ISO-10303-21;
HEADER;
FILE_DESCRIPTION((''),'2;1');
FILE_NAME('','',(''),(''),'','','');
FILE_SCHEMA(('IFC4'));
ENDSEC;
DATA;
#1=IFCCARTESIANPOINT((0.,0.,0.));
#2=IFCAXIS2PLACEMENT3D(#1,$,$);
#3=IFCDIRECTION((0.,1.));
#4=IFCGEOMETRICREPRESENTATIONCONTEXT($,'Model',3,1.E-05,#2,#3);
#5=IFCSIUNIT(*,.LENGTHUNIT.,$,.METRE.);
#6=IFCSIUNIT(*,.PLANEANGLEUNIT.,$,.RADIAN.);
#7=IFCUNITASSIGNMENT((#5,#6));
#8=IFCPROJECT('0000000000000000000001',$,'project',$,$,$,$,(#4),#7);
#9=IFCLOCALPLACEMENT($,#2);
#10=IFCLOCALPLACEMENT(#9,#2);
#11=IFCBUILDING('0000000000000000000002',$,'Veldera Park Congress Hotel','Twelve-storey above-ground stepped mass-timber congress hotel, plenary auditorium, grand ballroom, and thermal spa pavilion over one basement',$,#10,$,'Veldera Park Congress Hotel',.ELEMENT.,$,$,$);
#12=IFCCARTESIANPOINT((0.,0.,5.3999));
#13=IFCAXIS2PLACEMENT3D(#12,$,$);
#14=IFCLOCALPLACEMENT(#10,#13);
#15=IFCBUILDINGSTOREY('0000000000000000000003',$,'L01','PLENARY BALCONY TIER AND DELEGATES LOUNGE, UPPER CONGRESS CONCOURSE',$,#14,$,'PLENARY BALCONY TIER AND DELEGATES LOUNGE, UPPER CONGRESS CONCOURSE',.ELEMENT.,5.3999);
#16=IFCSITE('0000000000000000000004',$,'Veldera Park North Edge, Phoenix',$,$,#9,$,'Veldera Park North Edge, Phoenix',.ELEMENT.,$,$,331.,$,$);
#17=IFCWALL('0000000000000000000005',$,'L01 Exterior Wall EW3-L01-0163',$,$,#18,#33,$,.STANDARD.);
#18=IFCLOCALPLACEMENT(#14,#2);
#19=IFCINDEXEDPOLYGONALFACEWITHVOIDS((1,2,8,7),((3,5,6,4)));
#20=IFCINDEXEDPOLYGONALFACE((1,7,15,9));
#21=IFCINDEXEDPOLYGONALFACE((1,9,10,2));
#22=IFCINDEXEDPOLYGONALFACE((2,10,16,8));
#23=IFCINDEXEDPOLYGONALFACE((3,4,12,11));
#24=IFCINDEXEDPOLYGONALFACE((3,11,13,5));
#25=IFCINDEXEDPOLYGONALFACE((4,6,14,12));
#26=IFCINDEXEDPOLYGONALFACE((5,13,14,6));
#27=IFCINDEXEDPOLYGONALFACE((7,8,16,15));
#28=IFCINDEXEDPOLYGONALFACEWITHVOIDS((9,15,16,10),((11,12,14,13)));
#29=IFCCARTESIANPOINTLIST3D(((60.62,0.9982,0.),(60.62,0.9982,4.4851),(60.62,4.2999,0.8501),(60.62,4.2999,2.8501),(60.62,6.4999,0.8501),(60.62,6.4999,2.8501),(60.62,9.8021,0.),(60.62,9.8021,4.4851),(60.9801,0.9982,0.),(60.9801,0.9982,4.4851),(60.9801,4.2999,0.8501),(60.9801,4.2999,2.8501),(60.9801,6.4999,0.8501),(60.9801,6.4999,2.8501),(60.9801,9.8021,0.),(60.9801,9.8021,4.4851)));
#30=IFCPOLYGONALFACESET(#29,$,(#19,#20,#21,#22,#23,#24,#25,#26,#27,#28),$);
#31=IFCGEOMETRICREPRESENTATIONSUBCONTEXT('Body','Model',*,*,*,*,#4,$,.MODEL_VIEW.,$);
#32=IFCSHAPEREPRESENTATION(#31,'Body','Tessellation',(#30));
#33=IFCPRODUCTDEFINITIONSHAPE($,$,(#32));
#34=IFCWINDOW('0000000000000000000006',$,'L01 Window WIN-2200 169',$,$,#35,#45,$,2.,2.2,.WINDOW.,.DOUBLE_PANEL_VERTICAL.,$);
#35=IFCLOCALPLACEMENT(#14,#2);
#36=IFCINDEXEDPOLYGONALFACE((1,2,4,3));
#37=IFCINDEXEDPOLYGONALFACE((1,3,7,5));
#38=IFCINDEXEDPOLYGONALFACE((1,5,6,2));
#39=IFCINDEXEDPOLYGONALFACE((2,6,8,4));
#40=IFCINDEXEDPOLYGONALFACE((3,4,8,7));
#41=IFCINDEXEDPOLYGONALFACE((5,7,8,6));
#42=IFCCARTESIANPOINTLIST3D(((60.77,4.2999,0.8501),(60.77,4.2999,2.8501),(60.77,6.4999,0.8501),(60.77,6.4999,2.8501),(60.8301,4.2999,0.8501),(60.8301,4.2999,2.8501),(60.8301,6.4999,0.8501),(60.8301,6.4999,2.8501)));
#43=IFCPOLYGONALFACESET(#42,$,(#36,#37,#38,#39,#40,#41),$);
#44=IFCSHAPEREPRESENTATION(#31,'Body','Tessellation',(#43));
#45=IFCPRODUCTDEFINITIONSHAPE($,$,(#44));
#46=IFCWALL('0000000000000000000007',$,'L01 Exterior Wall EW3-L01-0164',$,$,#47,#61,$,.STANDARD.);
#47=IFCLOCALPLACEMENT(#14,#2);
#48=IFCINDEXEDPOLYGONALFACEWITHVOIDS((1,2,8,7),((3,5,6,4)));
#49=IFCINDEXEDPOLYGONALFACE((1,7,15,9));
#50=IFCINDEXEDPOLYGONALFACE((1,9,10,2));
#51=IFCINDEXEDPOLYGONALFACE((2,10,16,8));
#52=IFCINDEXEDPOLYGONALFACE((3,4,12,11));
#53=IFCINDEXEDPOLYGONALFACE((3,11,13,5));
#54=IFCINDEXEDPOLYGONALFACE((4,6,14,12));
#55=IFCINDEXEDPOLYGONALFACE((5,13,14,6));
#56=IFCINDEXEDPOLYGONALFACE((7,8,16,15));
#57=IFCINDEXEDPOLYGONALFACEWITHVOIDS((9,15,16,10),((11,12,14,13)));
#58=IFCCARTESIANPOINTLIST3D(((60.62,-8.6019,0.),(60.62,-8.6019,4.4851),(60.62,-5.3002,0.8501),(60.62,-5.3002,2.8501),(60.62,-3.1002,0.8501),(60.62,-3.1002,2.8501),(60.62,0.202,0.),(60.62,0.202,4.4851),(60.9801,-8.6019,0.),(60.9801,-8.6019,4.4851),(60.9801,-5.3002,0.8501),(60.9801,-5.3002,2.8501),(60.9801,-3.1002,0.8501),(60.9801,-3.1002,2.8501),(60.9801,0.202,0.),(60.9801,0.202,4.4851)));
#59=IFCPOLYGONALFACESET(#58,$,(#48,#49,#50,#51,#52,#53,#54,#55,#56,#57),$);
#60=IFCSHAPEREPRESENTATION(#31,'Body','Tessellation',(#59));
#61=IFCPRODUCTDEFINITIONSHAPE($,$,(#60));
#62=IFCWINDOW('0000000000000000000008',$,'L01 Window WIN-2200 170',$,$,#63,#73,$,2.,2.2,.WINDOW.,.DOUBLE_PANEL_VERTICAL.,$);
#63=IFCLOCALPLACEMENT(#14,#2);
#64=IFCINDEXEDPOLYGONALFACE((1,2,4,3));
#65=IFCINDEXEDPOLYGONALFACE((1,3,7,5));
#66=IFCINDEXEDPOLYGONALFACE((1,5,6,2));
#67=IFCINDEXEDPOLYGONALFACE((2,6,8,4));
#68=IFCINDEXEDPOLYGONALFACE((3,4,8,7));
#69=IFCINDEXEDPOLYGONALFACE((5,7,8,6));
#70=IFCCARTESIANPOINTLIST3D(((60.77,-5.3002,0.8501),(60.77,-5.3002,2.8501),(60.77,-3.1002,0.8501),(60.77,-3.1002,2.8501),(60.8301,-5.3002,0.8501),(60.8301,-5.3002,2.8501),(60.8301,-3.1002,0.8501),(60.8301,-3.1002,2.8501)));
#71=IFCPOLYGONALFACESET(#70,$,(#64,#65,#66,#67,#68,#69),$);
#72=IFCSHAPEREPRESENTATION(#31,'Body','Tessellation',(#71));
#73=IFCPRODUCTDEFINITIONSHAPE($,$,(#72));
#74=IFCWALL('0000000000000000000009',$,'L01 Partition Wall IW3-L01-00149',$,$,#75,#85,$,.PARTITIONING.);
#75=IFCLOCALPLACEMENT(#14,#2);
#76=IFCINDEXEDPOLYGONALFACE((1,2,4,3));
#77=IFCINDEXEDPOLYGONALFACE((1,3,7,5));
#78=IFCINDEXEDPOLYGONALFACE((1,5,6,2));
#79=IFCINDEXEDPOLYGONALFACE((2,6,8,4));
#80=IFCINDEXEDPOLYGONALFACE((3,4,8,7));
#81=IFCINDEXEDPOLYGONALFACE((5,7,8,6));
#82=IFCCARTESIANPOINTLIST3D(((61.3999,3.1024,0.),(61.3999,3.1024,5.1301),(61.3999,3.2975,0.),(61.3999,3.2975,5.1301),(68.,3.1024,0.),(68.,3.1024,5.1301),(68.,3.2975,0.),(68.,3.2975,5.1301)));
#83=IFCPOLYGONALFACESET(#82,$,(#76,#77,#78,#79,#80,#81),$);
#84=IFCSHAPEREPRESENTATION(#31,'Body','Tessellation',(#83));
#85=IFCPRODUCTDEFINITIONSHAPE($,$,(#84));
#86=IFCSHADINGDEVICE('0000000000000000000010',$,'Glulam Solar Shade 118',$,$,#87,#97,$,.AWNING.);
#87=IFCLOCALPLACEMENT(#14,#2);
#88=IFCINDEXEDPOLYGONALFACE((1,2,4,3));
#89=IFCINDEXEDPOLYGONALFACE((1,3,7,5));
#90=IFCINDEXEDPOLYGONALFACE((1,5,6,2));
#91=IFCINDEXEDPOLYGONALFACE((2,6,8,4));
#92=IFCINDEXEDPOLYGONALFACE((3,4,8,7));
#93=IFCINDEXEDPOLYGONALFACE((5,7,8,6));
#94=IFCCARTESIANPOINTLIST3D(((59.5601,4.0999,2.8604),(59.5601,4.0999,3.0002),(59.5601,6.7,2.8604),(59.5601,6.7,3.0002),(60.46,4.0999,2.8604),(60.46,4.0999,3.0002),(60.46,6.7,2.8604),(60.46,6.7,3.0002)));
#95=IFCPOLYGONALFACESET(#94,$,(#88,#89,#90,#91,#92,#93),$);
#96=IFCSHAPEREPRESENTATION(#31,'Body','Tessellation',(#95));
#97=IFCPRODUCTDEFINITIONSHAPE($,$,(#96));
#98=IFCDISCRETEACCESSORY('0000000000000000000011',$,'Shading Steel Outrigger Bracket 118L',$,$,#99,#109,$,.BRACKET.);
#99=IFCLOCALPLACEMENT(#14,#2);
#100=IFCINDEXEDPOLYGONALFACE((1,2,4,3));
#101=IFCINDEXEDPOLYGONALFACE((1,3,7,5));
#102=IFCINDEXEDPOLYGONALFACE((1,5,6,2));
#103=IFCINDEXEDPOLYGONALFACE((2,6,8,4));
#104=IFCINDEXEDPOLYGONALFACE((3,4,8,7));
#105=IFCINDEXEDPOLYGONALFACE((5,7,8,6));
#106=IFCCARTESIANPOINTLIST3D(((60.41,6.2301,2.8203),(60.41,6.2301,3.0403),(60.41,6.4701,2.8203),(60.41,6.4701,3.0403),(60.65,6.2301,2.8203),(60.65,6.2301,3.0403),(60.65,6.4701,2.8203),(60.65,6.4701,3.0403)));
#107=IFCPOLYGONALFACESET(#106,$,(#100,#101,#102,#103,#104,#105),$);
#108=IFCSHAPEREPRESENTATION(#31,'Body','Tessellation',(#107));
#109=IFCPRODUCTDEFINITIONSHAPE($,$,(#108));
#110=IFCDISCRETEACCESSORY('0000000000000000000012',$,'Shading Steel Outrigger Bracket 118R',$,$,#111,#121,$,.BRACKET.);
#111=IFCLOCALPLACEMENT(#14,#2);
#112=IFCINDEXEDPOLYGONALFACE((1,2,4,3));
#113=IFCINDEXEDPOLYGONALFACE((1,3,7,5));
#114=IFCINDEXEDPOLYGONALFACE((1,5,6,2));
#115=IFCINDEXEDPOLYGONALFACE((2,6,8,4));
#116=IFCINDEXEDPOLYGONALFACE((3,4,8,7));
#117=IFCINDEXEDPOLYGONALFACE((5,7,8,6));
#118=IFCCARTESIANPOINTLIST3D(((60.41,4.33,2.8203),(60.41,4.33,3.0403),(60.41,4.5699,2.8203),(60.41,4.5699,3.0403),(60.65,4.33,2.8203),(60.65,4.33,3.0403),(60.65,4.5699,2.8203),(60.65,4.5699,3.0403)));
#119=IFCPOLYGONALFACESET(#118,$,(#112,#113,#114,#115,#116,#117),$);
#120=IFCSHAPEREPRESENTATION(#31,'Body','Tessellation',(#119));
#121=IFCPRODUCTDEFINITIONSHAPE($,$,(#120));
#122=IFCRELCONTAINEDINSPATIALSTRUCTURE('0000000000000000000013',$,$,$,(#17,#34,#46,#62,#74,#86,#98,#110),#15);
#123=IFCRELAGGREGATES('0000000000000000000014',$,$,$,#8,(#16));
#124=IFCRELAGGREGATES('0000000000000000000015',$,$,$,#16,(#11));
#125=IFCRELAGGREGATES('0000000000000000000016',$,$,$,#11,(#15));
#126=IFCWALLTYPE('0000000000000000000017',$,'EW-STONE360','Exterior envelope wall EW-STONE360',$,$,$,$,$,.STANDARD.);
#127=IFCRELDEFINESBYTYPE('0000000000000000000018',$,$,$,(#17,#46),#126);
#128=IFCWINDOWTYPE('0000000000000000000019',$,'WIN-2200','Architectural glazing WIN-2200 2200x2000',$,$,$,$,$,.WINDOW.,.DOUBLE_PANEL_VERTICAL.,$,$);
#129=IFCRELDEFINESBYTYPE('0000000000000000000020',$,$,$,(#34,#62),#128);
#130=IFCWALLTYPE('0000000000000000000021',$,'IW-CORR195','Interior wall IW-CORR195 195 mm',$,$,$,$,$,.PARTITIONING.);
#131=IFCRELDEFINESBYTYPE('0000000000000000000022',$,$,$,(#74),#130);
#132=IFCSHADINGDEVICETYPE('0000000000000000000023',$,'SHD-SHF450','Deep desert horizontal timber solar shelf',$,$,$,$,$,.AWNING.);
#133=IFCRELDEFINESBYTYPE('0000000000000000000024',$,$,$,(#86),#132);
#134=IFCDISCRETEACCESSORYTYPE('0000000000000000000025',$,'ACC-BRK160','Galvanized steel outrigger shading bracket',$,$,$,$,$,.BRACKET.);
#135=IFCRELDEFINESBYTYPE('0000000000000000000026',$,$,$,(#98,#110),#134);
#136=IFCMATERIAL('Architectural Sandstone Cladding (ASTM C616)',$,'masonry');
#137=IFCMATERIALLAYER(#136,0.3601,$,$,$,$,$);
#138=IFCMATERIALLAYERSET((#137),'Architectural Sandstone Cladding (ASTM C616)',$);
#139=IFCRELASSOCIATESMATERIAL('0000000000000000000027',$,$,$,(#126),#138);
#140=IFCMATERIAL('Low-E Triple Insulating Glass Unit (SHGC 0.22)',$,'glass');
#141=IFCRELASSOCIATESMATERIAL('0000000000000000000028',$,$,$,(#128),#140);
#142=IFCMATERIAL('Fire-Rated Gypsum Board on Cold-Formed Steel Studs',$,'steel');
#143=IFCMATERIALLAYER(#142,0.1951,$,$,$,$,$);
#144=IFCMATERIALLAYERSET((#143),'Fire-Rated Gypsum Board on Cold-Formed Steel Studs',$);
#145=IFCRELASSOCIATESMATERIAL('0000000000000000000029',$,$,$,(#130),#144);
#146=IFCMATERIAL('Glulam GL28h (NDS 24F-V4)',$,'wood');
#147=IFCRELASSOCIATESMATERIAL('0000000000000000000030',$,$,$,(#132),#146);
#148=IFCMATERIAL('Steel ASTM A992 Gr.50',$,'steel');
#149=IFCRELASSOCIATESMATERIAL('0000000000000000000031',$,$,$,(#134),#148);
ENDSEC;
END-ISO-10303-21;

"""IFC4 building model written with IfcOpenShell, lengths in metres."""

from ifc_helpers import new_model, si_unit, direction, frame, frame_2d, origin, origin_2d, place, context, subcontext, project, spatial, rectangle, extrude, material, layer, layer_set, type_object, element, fill, save


model = new_model("IFC4")

# Units and contexts
model_context = context("Model", 3, precision=1e-05, world=origin(), true_north=direction((0.0, 1.0)))
body_context = subcontext(model_context, "Body", "Model", "MODEL_VIEW")
ifc_project = project(units=[si_unit("LENGTHUNIT", "METRE"), si_unit("PLANEANGLEUNIT", "RADIAN")], contexts=[model_context])

# Site, building, storey
site_placement = place(None, origin())
site = spatial("IfcSite", under=ifc_project, at=site_placement, Name="Veldera Park North Edge, Phoenix", LongName="Veldera Park North Edge, Phoenix", CompositionType="ELEMENT", RefElevation=331.0)
building_placement = place(site_placement, origin())
building = spatial("IfcBuilding", under=site, at=building_placement, Name="Veldera Park Congress Hotel", Description="Twelve-storey above-ground stepped mass-timber congress hotel, plenary auditorium, grand ballroom, and thermal spa pavilion over one basement", LongName="Veldera Park Congress Hotel", CompositionType="ELEMENT")
storey_placement = place(building_placement, frame((0.0, 0.0, 5.3999)))
storey = spatial("IfcBuildingStorey", under=building, at=storey_placement, Name="L01", Description="PLENARY BALCONY TIER AND DELEGATES LOUNGE, UPPER CONGRESS CONCOURSE", LongName="PLENARY BALCONY TIER AND DELEGATES LOUNGE, UPPER CONGRESS CONCOURSE", CompositionType="ELEMENT", Elevation=5.3999)

# Shared definitions
ifc_material_1 = material(Name="Glulam GL28h (NDS 24F-V4)", Category="wood")
ifc_material_2 = material(Name="Steel ASTM A992 Gr.50", Category="steel")

# Shared definitions
ifc_material_3 = material(Name="Low-E Triple Insulating Glass Unit (SHGC 0.22)", Category="glass")

# Walls, openings, windows
ifc_material_4 = material(Name="Architectural Sandstone Cladding (ASTM C616)", Category="masonry")
ifc_layer_1 = layer(ifc_material_4, 0.3601)
ifc_layer_set_1 = layer_set([ifc_layer_1], Name="Architectural Sandstone Cladding (ASTM C616)")
wall_type_1 = type_object("IfcWallType", Name="EW-STONE360", Description="Exterior envelope wall EW-STONE360", PredefinedType="STANDARD", material=ifc_layer_set_1)
wall_1_placement = place(storey_placement, frame((60.8, 9.802, 0.0), z_axis=(0.0, 0.0, 1.0), x_axis=(0.0, -1.0, 0.0)))
wall_1 = element("IfcWall", 1, at=wall_1_placement, inside=storey, type_object=wall_type_1, Name="L01 Exterior Wall EW3-L01-0163", PredefinedType="STANDARD", context=body_context, shape_type="SweptSolid", body=[
    extrude(rectangle(XDim=8.804, YDim=0.3601, at=frame_2d((4.4019, 0.0))), origin(), (0.0, 0.0, 1.0), 4.4851),
])
opening_1_placement = place(wall_1_placement, frame((3.302, 0.0, 0.8501)))
opening_1 = element("IfcOpeningElement", 2, at=opening_1_placement, cuts=wall_1, PredefinedType="OPENING", context=body_context, shape_type="SweptSolid", body=[
    extrude(rectangle(XDim=2.2, YDim=2.0, at=frame_2d((1.1001, 1.0))), frame((0.0, 0.1921, 0.0), z_axis=(0.0, -1.0, 0.0), x_axis=(1.0, 0.0, 0.0)), (0.0, 0.0, 1.0), 0.384),
])
window_type = type_object("IfcWindowType", Name="WIN-2200", Description="Architectural glazing WIN-2200 2200x2000", PartitioningType="DOUBLE_PANEL_VERTICAL", PredefinedType="WINDOW", material=ifc_material_3)
window_1_placement = place(opening_1_placement, origin())
window_1 = element("IfcWindow", 3, at=window_1_placement, inside=storey, type_object=window_type, Name="L01 Window WIN-2200 169", OverallHeight=2.0, OverallWidth=2.2, PartitioningType="DOUBLE_PANEL_VERTICAL", PredefinedType="WINDOW", context=body_context, shape_type="SweptSolid", body=[
    extrude(rectangle(XDim=2.2, YDim=2.0, at=frame_2d((1.1001, 1.0))), frame((0.0, 0.03, 0.0), z_axis=(0.0, -1.0, 0.0), x_axis=(1.0, 0.0, 0.0)), (0.0, 0.0, 1.0), 0.0601),
])
fill(opening_1, window_1)
wall_2_placement = place(storey_placement, frame((60.8, 0.2019, 0.0), z_axis=(0.0, 0.0, 1.0), x_axis=(0.0, -1.0, 0.0)))
wall_2 = element("IfcWall", 4, at=wall_2_placement, inside=storey, type_object=wall_type_1, Name="L01 Exterior Wall EW3-L01-0164", PredefinedType="STANDARD", context=body_context, shape_type="SweptSolid", body=[
    extrude(rectangle(XDim=8.804, YDim=0.3601, at=frame_2d((4.4019, 0.0))), origin(), (0.0, 0.0, 1.0), 4.4851),
])
opening_2_placement = place(wall_2_placement, frame((3.302, 0.0, 0.8501)))
opening_2 = element("IfcOpeningElement", 5, at=opening_2_placement, cuts=wall_2, PredefinedType="OPENING", context=body_context, shape_type="SweptSolid", body=[
    extrude(rectangle(XDim=2.2, YDim=2.0, at=frame_2d((1.1001, 1.0))), frame((0.0, 0.1921, 0.0), z_axis=(0.0, -1.0, 0.0), x_axis=(1.0, 0.0, 0.0)), (0.0, 0.0, 1.0), 0.384),
])
window_2_placement = place(opening_2_placement, origin())
window_2 = element("IfcWindow", 6, at=window_2_placement, inside=storey, type_object=window_type, Name="L01 Window WIN-2200 170", OverallHeight=2.0, OverallWidth=2.2, PartitioningType="DOUBLE_PANEL_VERTICAL", PredefinedType="WINDOW", context=body_context, shape_type="SweptSolid", body=[
    extrude(rectangle(XDim=2.2, YDim=2.0, at=frame_2d((1.1001, 1.0))), frame((0.0, 0.03, 0.0), z_axis=(0.0, -1.0, 0.0), x_axis=(1.0, 0.0, 0.0)), (0.0, 0.0, 1.0), 0.0601),
])
fill(opening_2, window_2)

# Wall
ifc_material_5 = material(Name="Fire-Rated Gypsum Board on Cold-Formed Steel Studs", Category="steel")
ifc_layer_2 = layer(ifc_material_5, 0.1951)
ifc_layer_set_2 = layer_set([ifc_layer_2], Name="Fire-Rated Gypsum Board on Cold-Formed Steel Studs")
wall_type_2 = type_object("IfcWallType", Name="IW-CORR195", Description="Interior wall IW-CORR195 195 mm", PredefinedType="PARTITIONING", material=ifc_layer_set_2)
wall_3_placement = place(storey_placement, frame((61.3999, 3.2, 0.0), z_axis=(0.0, 0.0, 1.0), x_axis=(1.0, 0.0, 0.0)))
element("IfcWall", 7, at=wall_3_placement, inside=storey, type_object=wall_type_2, Name="L01 Partition Wall IW3-L01-00149", PredefinedType="PARTITIONING", context=body_context, shape_type="SweptSolid", body=[
    extrude(rectangle(XDim=6.6001, YDim=0.1951, at=frame_2d((3.3, 0.0))), origin(), (0.0, 0.0, 1.0), 5.1301),
])

# Shading device
shading_device_type = type_object("IfcShadingDeviceType", Name="SHD-SHF450", Description="Deep desert horizontal timber solar shelf", PredefinedType="AWNING", material=ifc_material_1)
shading_device_placement = place(storey_placement, frame((60.01, 5.3999, 2.8604), z_axis=(0.0, 0.0, 1.0), x_axis=(0.0, -1.0, 0.0)))
element("IfcShadingDevice", 8, at=shading_device_placement, inside=storey, type_object=shading_device_type, Name="Glulam Solar Shade 118", PredefinedType="AWNING", context=body_context, shape_type="SweptSolid", body=[
    extrude(rectangle(XDim=2.6001, YDim=0.8999, at=origin_2d()), origin(), (0.0, 0.0, 1.0), 0.1399),
])

# Discrete accessories
discrete_accessory_type = type_object("IfcDiscreteAccessoryType", Name="ACC-BRK160", Description="Galvanized steel outrigger shading bracket", PredefinedType="BRACKET", material=ifc_material_2)
for number, where, z_axis, x_axis, name in (
    (9, (60.53, 6.3501, 2.8203), (0.0, 0.0, 1.0), (0.0, -1.0, 0.0), "Shading Steel Outrigger Bracket 118L"),
    (10, (60.53, 4.45, 2.8203), (0.0, 0.0, 1.0), (0.0, -1.0, 0.0), "Shading Steel Outrigger Bracket 118R"),
):
    element("IfcDiscreteAccessory", number, at=place(storey_placement, frame(where, z_axis=z_axis, x_axis=x_axis)), inside=storey, type_object=discrete_accessory_type, Name=name, PredefinedType="BRACKET", context=body_context, shape_type="SweptSolid", body=[
        extrude(rectangle(XDim=0.24, YDim=0.24, at=origin_2d()), origin(), (0.0, 0.0, 1.0), 0.22),
    ])

save(model, "model.ifc")
